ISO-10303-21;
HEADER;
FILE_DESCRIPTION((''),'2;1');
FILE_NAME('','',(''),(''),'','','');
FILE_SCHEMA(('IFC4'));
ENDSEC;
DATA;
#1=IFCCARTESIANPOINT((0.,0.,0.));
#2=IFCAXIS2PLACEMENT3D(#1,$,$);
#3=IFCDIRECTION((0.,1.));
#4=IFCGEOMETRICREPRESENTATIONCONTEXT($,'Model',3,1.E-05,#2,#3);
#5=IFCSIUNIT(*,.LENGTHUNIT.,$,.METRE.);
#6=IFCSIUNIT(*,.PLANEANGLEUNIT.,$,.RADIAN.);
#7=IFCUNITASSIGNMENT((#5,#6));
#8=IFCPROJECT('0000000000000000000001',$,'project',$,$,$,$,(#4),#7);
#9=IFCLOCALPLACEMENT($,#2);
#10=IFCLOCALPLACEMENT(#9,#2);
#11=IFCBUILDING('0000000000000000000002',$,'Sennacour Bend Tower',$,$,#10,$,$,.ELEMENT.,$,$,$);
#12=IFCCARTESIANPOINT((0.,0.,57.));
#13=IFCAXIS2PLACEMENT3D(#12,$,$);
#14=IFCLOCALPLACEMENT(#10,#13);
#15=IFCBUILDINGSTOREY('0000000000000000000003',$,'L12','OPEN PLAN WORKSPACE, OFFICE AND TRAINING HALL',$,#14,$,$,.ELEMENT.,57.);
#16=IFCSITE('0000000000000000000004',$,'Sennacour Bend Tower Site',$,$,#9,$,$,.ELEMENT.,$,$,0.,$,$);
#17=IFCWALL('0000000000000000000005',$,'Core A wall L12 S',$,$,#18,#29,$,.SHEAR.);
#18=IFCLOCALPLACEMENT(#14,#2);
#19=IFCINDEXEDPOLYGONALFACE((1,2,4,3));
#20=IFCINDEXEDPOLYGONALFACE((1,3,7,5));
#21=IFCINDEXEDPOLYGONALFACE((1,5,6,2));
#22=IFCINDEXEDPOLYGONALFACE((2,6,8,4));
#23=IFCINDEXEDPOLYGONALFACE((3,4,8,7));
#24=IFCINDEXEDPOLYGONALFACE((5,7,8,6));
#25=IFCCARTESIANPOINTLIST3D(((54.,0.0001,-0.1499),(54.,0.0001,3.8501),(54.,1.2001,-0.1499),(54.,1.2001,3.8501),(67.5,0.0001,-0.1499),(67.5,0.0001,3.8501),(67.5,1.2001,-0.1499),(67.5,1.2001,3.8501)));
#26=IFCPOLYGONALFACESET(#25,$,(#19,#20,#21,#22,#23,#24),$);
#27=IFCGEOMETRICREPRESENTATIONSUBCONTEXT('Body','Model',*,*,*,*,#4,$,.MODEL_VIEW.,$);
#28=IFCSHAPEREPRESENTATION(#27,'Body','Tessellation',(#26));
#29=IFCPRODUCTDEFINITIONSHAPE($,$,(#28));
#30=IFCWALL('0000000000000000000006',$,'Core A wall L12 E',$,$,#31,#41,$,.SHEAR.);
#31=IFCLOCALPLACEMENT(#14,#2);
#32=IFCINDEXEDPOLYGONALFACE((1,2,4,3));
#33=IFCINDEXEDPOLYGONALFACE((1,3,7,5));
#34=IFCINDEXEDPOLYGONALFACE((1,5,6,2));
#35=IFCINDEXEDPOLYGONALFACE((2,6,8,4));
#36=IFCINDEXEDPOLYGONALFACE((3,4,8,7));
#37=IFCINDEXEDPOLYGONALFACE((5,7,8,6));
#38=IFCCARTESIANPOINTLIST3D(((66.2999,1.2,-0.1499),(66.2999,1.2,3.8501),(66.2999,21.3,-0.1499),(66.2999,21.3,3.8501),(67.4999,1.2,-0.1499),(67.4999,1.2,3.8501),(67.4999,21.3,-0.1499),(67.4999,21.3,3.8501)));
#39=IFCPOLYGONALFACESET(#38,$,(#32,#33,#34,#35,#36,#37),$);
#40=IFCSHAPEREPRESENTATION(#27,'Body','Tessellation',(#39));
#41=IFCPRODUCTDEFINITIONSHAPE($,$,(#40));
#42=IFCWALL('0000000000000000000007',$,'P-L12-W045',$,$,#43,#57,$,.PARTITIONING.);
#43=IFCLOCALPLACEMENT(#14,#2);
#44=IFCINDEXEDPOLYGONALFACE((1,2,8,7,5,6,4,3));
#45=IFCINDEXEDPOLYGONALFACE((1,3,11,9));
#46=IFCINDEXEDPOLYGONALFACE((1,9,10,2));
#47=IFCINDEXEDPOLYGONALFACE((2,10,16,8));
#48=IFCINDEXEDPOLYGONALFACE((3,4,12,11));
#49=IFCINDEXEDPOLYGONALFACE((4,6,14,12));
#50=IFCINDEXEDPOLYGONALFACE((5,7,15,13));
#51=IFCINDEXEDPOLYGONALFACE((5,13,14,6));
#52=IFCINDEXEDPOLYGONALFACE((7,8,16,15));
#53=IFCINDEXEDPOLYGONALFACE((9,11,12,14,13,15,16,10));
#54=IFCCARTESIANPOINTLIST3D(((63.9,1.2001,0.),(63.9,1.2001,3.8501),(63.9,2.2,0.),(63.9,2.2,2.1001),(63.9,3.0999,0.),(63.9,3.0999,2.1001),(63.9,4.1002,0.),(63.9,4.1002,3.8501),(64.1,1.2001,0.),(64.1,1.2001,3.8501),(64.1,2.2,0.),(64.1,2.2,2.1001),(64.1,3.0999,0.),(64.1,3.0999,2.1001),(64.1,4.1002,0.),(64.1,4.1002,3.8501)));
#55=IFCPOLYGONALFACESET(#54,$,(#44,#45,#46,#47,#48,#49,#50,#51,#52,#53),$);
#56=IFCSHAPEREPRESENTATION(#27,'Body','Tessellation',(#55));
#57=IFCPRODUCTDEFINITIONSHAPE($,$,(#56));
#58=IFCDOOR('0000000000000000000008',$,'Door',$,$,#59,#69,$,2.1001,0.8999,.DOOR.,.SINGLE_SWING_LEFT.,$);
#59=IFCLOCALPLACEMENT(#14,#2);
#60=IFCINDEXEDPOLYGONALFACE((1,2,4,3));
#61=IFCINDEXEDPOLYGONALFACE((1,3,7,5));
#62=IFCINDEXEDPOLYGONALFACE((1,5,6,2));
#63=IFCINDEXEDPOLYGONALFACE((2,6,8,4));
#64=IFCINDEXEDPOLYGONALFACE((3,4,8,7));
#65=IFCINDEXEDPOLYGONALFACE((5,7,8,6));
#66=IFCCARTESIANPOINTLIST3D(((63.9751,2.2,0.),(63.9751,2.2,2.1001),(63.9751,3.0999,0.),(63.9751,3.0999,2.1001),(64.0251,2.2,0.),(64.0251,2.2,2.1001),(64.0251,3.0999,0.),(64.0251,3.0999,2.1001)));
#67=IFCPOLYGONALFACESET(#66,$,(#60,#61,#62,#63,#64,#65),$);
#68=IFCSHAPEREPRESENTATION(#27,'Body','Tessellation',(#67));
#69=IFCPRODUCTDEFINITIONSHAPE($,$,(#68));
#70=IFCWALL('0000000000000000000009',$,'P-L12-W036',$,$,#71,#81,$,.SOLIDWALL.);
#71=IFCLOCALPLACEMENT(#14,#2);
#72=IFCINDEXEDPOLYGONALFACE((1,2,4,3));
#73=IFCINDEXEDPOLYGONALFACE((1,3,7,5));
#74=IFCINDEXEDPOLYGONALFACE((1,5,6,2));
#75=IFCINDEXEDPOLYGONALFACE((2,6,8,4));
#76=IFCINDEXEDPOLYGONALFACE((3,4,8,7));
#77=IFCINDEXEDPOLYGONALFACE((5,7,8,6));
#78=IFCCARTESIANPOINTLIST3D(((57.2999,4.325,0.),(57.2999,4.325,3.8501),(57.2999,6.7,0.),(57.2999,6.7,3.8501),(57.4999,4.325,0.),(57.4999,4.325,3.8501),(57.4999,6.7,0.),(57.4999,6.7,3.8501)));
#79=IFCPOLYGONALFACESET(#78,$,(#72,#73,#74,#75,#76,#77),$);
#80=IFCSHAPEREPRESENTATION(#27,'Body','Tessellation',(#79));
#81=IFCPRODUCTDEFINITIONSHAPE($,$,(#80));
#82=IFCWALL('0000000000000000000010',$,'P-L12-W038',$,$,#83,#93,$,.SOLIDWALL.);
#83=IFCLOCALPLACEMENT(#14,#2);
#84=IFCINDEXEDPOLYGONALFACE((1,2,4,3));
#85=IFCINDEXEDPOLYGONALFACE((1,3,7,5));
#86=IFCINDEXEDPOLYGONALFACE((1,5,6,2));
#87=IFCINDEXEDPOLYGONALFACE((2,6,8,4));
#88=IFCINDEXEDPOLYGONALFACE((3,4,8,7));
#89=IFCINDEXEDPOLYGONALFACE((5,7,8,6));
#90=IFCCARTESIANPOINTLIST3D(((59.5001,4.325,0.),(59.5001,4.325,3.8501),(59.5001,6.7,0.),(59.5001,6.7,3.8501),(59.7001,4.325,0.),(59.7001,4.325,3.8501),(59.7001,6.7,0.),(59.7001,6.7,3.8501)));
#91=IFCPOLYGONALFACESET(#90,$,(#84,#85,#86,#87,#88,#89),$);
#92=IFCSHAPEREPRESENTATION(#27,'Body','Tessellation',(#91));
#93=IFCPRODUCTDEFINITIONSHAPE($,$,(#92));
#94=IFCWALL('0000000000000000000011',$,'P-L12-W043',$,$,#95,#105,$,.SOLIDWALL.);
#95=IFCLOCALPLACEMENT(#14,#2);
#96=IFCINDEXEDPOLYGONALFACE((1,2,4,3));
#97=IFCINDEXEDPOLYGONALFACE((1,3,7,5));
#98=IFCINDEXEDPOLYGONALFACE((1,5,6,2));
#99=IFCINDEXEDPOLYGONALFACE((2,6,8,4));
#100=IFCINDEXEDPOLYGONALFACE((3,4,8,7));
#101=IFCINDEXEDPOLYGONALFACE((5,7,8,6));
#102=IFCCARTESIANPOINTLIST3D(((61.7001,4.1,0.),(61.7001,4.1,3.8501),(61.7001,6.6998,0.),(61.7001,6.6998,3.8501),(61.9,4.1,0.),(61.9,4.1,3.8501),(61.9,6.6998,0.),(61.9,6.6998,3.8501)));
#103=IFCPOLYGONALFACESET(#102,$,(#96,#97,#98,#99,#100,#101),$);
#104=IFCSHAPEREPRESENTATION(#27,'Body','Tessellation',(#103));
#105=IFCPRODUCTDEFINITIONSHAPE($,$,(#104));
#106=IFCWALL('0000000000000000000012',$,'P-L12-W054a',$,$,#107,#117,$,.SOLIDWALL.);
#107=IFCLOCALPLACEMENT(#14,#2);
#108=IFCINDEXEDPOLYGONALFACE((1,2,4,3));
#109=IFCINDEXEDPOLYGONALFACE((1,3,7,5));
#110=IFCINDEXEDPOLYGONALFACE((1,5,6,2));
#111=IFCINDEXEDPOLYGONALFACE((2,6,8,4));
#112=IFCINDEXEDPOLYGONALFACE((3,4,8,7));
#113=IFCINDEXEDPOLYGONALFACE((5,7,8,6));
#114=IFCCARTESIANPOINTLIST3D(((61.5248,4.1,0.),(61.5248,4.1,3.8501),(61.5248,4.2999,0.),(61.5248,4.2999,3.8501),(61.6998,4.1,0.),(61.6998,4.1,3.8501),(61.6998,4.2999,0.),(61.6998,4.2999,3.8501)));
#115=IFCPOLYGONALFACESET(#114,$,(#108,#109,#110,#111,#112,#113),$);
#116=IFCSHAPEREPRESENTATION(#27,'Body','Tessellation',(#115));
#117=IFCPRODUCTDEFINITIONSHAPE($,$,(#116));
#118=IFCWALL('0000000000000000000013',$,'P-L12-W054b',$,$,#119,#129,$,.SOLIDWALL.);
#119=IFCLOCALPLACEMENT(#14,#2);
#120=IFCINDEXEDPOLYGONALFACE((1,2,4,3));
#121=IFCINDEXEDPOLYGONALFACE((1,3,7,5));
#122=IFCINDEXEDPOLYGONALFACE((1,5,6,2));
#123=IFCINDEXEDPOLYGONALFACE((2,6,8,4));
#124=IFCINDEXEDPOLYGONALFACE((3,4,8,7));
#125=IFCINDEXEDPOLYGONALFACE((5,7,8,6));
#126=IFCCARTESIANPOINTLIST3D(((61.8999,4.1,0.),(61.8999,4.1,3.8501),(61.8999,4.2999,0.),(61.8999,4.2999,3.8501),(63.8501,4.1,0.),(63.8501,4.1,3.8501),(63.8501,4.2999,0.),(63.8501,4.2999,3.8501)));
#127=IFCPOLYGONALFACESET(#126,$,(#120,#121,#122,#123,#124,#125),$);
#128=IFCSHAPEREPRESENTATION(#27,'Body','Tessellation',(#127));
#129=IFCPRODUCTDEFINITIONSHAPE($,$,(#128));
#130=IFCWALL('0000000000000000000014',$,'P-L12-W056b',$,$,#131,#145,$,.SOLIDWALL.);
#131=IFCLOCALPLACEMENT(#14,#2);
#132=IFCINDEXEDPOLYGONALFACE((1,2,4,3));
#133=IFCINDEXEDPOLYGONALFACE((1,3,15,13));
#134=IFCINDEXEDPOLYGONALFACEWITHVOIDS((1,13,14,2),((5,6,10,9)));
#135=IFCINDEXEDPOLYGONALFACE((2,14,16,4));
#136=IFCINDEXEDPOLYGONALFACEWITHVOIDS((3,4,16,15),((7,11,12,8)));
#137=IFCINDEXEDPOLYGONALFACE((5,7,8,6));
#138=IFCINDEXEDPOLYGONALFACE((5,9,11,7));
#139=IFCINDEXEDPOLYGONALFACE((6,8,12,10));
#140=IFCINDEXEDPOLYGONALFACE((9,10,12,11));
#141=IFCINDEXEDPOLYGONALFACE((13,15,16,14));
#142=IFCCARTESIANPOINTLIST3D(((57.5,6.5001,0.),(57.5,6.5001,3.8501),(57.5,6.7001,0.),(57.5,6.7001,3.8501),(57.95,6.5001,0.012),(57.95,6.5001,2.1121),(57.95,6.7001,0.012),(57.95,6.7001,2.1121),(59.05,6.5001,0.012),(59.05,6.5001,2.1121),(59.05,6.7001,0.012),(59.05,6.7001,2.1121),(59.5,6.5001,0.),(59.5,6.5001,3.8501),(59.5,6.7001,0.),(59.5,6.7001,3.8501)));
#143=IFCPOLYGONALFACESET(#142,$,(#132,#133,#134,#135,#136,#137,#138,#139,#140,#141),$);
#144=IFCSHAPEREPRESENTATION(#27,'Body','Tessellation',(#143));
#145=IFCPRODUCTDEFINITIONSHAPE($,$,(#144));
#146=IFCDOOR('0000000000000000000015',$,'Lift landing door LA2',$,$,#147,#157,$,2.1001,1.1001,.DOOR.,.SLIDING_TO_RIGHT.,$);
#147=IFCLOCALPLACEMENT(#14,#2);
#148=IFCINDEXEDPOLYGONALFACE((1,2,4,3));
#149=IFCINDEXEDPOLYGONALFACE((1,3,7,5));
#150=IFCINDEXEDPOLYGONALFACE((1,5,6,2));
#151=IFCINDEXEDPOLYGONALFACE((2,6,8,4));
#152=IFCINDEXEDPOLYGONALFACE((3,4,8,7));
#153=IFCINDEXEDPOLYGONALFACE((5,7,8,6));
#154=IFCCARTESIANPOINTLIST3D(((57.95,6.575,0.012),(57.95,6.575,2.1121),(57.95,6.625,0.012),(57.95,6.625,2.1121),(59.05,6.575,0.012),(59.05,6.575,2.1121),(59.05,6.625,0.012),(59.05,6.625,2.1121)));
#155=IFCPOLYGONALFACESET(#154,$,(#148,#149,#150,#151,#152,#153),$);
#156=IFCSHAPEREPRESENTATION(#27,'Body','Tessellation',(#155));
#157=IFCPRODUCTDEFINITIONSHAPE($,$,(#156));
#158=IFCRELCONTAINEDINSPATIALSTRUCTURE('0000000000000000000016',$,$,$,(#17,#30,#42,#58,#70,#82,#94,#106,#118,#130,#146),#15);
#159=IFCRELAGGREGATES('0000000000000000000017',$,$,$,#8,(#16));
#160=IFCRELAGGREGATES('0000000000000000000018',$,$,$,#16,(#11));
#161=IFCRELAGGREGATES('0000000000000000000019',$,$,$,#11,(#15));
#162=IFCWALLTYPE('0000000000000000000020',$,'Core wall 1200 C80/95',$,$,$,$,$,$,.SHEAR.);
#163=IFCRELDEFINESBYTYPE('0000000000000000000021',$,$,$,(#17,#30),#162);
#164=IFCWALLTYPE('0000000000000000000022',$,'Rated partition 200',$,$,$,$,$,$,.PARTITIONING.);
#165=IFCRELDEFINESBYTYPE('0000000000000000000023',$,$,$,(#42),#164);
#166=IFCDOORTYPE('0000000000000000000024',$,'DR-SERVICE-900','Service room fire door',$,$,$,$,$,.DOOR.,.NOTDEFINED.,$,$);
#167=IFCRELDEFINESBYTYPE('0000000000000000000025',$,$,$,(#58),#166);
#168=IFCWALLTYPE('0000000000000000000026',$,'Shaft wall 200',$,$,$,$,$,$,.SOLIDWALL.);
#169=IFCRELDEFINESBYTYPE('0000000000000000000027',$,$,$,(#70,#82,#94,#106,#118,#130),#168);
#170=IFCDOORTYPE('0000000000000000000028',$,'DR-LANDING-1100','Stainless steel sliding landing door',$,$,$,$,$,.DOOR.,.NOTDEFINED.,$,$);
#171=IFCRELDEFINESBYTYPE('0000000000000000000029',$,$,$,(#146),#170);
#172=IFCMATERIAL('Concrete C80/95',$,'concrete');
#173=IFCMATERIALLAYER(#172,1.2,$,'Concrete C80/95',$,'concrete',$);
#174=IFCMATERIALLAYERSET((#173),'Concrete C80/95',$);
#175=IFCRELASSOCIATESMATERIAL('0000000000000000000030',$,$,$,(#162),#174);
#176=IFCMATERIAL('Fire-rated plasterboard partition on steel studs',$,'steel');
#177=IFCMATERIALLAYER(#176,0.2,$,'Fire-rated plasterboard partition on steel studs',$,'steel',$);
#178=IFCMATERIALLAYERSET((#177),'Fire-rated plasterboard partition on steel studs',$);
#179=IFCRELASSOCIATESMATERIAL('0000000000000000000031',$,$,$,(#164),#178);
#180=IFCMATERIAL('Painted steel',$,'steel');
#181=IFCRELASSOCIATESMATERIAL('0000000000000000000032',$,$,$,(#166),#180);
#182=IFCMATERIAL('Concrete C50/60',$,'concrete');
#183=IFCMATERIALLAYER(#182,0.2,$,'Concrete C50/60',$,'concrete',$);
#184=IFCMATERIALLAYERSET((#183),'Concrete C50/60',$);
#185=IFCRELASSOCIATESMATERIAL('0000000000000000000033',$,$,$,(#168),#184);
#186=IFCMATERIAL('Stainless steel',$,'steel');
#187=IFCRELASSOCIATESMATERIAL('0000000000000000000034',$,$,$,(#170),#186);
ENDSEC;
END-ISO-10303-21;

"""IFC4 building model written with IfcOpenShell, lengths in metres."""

from ifc_helpers import new_model, si_unit, direction, frame, frame_2d, origin, place, context, subcontext, project, spatial, rectangle, extrude, material, layer, layer_set, type_object, element, fill, save


model = new_model("IFC4")

# Units and contexts
model_context = context("Model", 3, precision=1e-05, world=origin(), true_north=direction((0.0, 1.0)))
body_context = subcontext(model_context, "Body", "Model", "MODEL_VIEW")
ifc_project = project(units=[si_unit("LENGTHUNIT", "METRE"), si_unit("PLANEANGLEUNIT", "RADIAN")], contexts=[model_context])

# Site, building, storey
site_placement = place(None, origin())
site = spatial("IfcSite", under=ifc_project, at=site_placement, Name="Sennacour Bend Tower Site", CompositionType="ELEMENT", RefElevation=0.0)
building_placement = place(site_placement, origin())
building = spatial("IfcBuilding", under=site, at=building_placement, Name="Sennacour Bend Tower", CompositionType="ELEMENT")
storey_placement = place(building_placement, frame((0.0, 0.0, 57.0)))
storey = spatial("IfcBuildingStorey", under=building, at=storey_placement, Name="L12", Description="OPEN PLAN WORKSPACE, OFFICE AND TRAINING HALL", CompositionType="ELEMENT", Elevation=57.0)

# Walls
ifc_material_1 = material(Name="Concrete C80/95", Category="concrete")
ifc_layer_1 = layer(ifc_material_1, 1.2, Name="Concrete C80/95", Category="concrete")
ifc_layer_set_1 = layer_set([ifc_layer_1], Name="Concrete C80/95")
wall_type_1 = type_object("IfcWallType", Name="Core wall 1200 C80/95", PredefinedType="SHEAR", material=ifc_layer_set_1)
wall_1_placement = place(storey_placement, frame((67.5, 0.6001, -0.1499), z_axis=(0.0, 0.0, 1.0), x_axis=(-1.0, 0.0, 0.0)))
element("IfcWall", 1, at=wall_1_placement, inside=storey, type_object=wall_type_1, Name="Core A wall L12 S", PredefinedType="SHEAR", context=body_context, shape_type="SweptSolid", body=[
    extrude(rectangle(XDim=13.5, YDim=1.2, at=frame_2d((6.75, 0.0))), origin(), (0.0, 0.0, 1.0), 4.0),
])
wall_2_placement = place(storey_placement, frame((66.8999, 1.2, -0.1499), z_axis=(0.0, 0.0, 1.0), x_axis=(0.0, 1.0, 0.0)))
element("IfcWall", 2, at=wall_2_placement, inside=storey, type_object=wall_type_1, Name="Core A wall L12 E", PredefinedType="SHEAR", context=body_context, shape_type="SweptSolid", body=[
    extrude(rectangle(XDim=20.1001, YDim=1.2, at=frame_2d((10.05, 0.0))), origin(), (0.0, 0.0, 1.0), 4.0),
])

# Wall, opening, door
ifc_material_2 = material(Name="Fire-rated plasterboard partition on steel studs", Category="steel")
ifc_layer_2 = layer(ifc_material_2, 0.2, Name="Fire-rated plasterboard partition on steel studs", Category="steel")
ifc_layer_set_2 = layer_set([ifc_layer_2], Name="Fire-rated plasterboard partition on steel studs")
wall_type_2 = type_object("IfcWallType", Name="Rated partition 200", PredefinedType="PARTITIONING", material=ifc_layer_set_2)
wall_3_placement = place(storey_placement, frame((64.0, 1.2, 0.0), z_axis=(0.0, 0.0, 1.0), x_axis=(0.0, 1.0, 0.0)))
wall_3 = element("IfcWall", 3, at=wall_3_placement, inside=storey, type_object=wall_type_2, Name="P-L12-W045", PredefinedType="PARTITIONING", context=body_context, shape_type="SweptSolid", body=[
    extrude(rectangle(XDim=2.9001, YDim=0.2, at=frame_2d((1.4502, 0.0))), origin(), (0.0, 0.0, 1.0), 3.8501),
])
opening_1_placement = place(wall_3_placement, frame((1.0, 0.0, 0.0)))
opening_1 = element("IfcOpeningElement", 4, at=opening_1_placement, cuts=wall_3, PredefinedType="OPENING", context=body_context, shape_type="SweptSolid", body=[
    extrude(rectangle(XDim=0.8999, YDim=2.1001, at=frame_2d((0.45, 1.05))), frame((0.0, 0.1099, 0.0), z_axis=(0.0, -1.0, 0.0), x_axis=(1.0, 0.0, 0.0)), (0.0, 0.0, 1.0), 0.22),
])
ifc_material_3 = material(Name="Painted steel", Category="steel")
door_type_1 = type_object("IfcDoorType", Name="DR-SERVICE-900", Description="Service room fire door", OperationType="NOTDEFINED", PredefinedType="DOOR", material=ifc_material_3)
door_1_placement = place(opening_1_placement, origin())
door_1 = element("IfcDoor", 5, at=door_1_placement, inside=storey, type_object=door_type_1, Name="Door", OperationType="SINGLE_SWING_LEFT", OverallHeight=2.1001, OverallWidth=0.8999, PredefinedType="DOOR", context=body_context, shape_type="SweptSolid", body=[
    extrude(rectangle(XDim=0.8999, YDim=2.1001, at=frame_2d((0.45, 1.05))), frame((0.0, 0.0249, 0.0), z_axis=(0.0, -1.0, 0.0), x_axis=(1.0, 0.0, 0.0)), (0.0, 0.0, 1.0), 0.05),
])
fill(opening_1, door_1)

# Walls
ifc_material_4 = material(Name="Concrete C50/60", Category="concrete")
ifc_layer_3 = layer(ifc_material_4, 0.2, Name="Concrete C50/60", Category="concrete")
ifc_layer_set_3 = layer_set([ifc_layer_3], Name="Concrete C50/60")
wall_type_3 = type_object("IfcWallType", Name="Shaft wall 200", PredefinedType="SOLIDWALL", material=ifc_layer_set_3)
for number, where, z_axis, x_axis, name in (
    (6, (57.3999, 4.325, 0.0), (0.0, 0.0, 1.0), (0.0, 1.0, 0.0), "P-L12-W036"),
    (7, (59.6001, 4.325, 0.0), (0.0, 0.0, 1.0), (0.0, 1.0, 0.0), "P-L12-W038"),
):
    element("IfcWall", number, at=place(storey_placement, frame(where, z_axis=z_axis, x_axis=x_axis)), inside=storey, type_object=wall_type_3, Name=name, PredefinedType="SOLIDWALL", context=body_context, shape_type="SweptSolid", body=[
        extrude(rectangle(XDim=2.375, YDim=0.2, at=frame_2d((1.1875, 0.0))), origin(), (0.0, 0.0, 1.0), 3.8501),
    ])
wall_4_placement = place(storey_placement, frame((61.8, 4.1001, 0.0), z_axis=(0.0, 0.0, 1.0), x_axis=(0.0, 1.0, 0.0)))
element("IfcWall", 8, at=wall_4_placement, inside=storey, type_object=wall_type_3, Name="P-L12-W043", PredefinedType="SOLIDWALL", context=body_context, shape_type="SweptSolid", body=[
    extrude(rectangle(XDim=2.5999, YDim=0.2, at=frame_2d((1.2998, 0.0))), origin(), (0.0, 0.0, 1.0), 3.8501),
])
wall_5_placement = place(storey_placement, frame((61.5249, 4.2, 0.0), z_axis=(0.0, 0.0, 1.0), x_axis=(1.0, 0.0, 0.0)))
element("IfcWall", 9, at=wall_5_placement, inside=storey, type_object=wall_type_3, Name="P-L12-W054a", PredefinedType="SOLIDWALL", context=body_context, shape_type="SweptSolid", body=[
    extrude(rectangle(XDim=0.175, YDim=0.2, at=frame_2d((0.0874, 0.0))), origin(), (0.0, 0.0, 1.0), 3.8501),
])
wall_6_placement = place(storey_placement, frame((61.8999, 4.2, 0.0), z_axis=(0.0, 0.0, 1.0), x_axis=(1.0, 0.0, 0.0)))
element("IfcWall", 10, at=wall_6_placement, inside=storey, type_object=wall_type_3, Name="P-L12-W054b", PredefinedType="SOLIDWALL", context=body_context, shape_type="SweptSolid", body=[
    extrude(rectangle(XDim=1.9502, YDim=0.2, at=frame_2d((0.9751, 0.0))), origin(), (0.0, 0.0, 1.0), 3.8501),
])

# Wall, opening, door
wall_7_placement = place(storey_placement, frame((57.5, 6.6001, 0.0), z_axis=(0.0, 0.0, 1.0), x_axis=(1.0, 0.0, 0.0)))
wall_7 = element("IfcWall", 11, at=wall_7_placement, inside=storey, type_object=wall_type_3, Name="P-L12-W056b", PredefinedType="SOLIDWALL", context=body_context, shape_type="SweptSolid", body=[
    extrude(rectangle(XDim=2.0, YDim=0.2, at=frame_2d((1.0, 0.0))), origin(), (0.0, 0.0, 1.0), 3.8501),
])
opening_2_placement = place(wall_7_placement, frame((0.45, 0.0, 0.012)))
opening_2 = element("IfcOpeningElement", 12, at=opening_2_placement, cuts=wall_7, PredefinedType="OPENING", context=body_context, shape_type="SweptSolid", body=[
    extrude(rectangle(XDim=1.1001, YDim=2.1001, at=frame_2d((0.55, 1.05))), frame((0.0, 0.1099, 0.0), z_axis=(0.0, -1.0, 0.0), x_axis=(1.0, 0.0, 0.0)), (0.0, 0.0, 1.0), 0.22),
])
ifc_material_5 = material(Name="Stainless steel", Category="steel")
door_type_2 = type_object("IfcDoorType", Name="DR-LANDING-1100", Description="Stainless steel sliding landing door", OperationType="NOTDEFINED", PredefinedType="DOOR", material=ifc_material_5)
door_2_placement = place(opening_2_placement, origin())
door_2 = element("IfcDoor", 13, at=door_2_placement, inside=storey, type_object=door_type_2, Name="Lift landing door LA2", OperationType="SLIDING_TO_RIGHT", OverallHeight=2.1001, OverallWidth=1.1001, PredefinedType="DOOR", context=body_context, shape_type="SweptSolid", body=[
    extrude(rectangle(XDim=1.1001, YDim=2.1001, at=frame_2d((0.55, 1.05))), frame((0.0, 0.0249, 0.0), z_axis=(0.0, -1.0, 0.0), x_axis=(1.0, 0.0, 0.0)), (0.0, 0.0, 1.0), 0.05),
])
fill(opening_2, door_2)

save(model, "model.ifc")
